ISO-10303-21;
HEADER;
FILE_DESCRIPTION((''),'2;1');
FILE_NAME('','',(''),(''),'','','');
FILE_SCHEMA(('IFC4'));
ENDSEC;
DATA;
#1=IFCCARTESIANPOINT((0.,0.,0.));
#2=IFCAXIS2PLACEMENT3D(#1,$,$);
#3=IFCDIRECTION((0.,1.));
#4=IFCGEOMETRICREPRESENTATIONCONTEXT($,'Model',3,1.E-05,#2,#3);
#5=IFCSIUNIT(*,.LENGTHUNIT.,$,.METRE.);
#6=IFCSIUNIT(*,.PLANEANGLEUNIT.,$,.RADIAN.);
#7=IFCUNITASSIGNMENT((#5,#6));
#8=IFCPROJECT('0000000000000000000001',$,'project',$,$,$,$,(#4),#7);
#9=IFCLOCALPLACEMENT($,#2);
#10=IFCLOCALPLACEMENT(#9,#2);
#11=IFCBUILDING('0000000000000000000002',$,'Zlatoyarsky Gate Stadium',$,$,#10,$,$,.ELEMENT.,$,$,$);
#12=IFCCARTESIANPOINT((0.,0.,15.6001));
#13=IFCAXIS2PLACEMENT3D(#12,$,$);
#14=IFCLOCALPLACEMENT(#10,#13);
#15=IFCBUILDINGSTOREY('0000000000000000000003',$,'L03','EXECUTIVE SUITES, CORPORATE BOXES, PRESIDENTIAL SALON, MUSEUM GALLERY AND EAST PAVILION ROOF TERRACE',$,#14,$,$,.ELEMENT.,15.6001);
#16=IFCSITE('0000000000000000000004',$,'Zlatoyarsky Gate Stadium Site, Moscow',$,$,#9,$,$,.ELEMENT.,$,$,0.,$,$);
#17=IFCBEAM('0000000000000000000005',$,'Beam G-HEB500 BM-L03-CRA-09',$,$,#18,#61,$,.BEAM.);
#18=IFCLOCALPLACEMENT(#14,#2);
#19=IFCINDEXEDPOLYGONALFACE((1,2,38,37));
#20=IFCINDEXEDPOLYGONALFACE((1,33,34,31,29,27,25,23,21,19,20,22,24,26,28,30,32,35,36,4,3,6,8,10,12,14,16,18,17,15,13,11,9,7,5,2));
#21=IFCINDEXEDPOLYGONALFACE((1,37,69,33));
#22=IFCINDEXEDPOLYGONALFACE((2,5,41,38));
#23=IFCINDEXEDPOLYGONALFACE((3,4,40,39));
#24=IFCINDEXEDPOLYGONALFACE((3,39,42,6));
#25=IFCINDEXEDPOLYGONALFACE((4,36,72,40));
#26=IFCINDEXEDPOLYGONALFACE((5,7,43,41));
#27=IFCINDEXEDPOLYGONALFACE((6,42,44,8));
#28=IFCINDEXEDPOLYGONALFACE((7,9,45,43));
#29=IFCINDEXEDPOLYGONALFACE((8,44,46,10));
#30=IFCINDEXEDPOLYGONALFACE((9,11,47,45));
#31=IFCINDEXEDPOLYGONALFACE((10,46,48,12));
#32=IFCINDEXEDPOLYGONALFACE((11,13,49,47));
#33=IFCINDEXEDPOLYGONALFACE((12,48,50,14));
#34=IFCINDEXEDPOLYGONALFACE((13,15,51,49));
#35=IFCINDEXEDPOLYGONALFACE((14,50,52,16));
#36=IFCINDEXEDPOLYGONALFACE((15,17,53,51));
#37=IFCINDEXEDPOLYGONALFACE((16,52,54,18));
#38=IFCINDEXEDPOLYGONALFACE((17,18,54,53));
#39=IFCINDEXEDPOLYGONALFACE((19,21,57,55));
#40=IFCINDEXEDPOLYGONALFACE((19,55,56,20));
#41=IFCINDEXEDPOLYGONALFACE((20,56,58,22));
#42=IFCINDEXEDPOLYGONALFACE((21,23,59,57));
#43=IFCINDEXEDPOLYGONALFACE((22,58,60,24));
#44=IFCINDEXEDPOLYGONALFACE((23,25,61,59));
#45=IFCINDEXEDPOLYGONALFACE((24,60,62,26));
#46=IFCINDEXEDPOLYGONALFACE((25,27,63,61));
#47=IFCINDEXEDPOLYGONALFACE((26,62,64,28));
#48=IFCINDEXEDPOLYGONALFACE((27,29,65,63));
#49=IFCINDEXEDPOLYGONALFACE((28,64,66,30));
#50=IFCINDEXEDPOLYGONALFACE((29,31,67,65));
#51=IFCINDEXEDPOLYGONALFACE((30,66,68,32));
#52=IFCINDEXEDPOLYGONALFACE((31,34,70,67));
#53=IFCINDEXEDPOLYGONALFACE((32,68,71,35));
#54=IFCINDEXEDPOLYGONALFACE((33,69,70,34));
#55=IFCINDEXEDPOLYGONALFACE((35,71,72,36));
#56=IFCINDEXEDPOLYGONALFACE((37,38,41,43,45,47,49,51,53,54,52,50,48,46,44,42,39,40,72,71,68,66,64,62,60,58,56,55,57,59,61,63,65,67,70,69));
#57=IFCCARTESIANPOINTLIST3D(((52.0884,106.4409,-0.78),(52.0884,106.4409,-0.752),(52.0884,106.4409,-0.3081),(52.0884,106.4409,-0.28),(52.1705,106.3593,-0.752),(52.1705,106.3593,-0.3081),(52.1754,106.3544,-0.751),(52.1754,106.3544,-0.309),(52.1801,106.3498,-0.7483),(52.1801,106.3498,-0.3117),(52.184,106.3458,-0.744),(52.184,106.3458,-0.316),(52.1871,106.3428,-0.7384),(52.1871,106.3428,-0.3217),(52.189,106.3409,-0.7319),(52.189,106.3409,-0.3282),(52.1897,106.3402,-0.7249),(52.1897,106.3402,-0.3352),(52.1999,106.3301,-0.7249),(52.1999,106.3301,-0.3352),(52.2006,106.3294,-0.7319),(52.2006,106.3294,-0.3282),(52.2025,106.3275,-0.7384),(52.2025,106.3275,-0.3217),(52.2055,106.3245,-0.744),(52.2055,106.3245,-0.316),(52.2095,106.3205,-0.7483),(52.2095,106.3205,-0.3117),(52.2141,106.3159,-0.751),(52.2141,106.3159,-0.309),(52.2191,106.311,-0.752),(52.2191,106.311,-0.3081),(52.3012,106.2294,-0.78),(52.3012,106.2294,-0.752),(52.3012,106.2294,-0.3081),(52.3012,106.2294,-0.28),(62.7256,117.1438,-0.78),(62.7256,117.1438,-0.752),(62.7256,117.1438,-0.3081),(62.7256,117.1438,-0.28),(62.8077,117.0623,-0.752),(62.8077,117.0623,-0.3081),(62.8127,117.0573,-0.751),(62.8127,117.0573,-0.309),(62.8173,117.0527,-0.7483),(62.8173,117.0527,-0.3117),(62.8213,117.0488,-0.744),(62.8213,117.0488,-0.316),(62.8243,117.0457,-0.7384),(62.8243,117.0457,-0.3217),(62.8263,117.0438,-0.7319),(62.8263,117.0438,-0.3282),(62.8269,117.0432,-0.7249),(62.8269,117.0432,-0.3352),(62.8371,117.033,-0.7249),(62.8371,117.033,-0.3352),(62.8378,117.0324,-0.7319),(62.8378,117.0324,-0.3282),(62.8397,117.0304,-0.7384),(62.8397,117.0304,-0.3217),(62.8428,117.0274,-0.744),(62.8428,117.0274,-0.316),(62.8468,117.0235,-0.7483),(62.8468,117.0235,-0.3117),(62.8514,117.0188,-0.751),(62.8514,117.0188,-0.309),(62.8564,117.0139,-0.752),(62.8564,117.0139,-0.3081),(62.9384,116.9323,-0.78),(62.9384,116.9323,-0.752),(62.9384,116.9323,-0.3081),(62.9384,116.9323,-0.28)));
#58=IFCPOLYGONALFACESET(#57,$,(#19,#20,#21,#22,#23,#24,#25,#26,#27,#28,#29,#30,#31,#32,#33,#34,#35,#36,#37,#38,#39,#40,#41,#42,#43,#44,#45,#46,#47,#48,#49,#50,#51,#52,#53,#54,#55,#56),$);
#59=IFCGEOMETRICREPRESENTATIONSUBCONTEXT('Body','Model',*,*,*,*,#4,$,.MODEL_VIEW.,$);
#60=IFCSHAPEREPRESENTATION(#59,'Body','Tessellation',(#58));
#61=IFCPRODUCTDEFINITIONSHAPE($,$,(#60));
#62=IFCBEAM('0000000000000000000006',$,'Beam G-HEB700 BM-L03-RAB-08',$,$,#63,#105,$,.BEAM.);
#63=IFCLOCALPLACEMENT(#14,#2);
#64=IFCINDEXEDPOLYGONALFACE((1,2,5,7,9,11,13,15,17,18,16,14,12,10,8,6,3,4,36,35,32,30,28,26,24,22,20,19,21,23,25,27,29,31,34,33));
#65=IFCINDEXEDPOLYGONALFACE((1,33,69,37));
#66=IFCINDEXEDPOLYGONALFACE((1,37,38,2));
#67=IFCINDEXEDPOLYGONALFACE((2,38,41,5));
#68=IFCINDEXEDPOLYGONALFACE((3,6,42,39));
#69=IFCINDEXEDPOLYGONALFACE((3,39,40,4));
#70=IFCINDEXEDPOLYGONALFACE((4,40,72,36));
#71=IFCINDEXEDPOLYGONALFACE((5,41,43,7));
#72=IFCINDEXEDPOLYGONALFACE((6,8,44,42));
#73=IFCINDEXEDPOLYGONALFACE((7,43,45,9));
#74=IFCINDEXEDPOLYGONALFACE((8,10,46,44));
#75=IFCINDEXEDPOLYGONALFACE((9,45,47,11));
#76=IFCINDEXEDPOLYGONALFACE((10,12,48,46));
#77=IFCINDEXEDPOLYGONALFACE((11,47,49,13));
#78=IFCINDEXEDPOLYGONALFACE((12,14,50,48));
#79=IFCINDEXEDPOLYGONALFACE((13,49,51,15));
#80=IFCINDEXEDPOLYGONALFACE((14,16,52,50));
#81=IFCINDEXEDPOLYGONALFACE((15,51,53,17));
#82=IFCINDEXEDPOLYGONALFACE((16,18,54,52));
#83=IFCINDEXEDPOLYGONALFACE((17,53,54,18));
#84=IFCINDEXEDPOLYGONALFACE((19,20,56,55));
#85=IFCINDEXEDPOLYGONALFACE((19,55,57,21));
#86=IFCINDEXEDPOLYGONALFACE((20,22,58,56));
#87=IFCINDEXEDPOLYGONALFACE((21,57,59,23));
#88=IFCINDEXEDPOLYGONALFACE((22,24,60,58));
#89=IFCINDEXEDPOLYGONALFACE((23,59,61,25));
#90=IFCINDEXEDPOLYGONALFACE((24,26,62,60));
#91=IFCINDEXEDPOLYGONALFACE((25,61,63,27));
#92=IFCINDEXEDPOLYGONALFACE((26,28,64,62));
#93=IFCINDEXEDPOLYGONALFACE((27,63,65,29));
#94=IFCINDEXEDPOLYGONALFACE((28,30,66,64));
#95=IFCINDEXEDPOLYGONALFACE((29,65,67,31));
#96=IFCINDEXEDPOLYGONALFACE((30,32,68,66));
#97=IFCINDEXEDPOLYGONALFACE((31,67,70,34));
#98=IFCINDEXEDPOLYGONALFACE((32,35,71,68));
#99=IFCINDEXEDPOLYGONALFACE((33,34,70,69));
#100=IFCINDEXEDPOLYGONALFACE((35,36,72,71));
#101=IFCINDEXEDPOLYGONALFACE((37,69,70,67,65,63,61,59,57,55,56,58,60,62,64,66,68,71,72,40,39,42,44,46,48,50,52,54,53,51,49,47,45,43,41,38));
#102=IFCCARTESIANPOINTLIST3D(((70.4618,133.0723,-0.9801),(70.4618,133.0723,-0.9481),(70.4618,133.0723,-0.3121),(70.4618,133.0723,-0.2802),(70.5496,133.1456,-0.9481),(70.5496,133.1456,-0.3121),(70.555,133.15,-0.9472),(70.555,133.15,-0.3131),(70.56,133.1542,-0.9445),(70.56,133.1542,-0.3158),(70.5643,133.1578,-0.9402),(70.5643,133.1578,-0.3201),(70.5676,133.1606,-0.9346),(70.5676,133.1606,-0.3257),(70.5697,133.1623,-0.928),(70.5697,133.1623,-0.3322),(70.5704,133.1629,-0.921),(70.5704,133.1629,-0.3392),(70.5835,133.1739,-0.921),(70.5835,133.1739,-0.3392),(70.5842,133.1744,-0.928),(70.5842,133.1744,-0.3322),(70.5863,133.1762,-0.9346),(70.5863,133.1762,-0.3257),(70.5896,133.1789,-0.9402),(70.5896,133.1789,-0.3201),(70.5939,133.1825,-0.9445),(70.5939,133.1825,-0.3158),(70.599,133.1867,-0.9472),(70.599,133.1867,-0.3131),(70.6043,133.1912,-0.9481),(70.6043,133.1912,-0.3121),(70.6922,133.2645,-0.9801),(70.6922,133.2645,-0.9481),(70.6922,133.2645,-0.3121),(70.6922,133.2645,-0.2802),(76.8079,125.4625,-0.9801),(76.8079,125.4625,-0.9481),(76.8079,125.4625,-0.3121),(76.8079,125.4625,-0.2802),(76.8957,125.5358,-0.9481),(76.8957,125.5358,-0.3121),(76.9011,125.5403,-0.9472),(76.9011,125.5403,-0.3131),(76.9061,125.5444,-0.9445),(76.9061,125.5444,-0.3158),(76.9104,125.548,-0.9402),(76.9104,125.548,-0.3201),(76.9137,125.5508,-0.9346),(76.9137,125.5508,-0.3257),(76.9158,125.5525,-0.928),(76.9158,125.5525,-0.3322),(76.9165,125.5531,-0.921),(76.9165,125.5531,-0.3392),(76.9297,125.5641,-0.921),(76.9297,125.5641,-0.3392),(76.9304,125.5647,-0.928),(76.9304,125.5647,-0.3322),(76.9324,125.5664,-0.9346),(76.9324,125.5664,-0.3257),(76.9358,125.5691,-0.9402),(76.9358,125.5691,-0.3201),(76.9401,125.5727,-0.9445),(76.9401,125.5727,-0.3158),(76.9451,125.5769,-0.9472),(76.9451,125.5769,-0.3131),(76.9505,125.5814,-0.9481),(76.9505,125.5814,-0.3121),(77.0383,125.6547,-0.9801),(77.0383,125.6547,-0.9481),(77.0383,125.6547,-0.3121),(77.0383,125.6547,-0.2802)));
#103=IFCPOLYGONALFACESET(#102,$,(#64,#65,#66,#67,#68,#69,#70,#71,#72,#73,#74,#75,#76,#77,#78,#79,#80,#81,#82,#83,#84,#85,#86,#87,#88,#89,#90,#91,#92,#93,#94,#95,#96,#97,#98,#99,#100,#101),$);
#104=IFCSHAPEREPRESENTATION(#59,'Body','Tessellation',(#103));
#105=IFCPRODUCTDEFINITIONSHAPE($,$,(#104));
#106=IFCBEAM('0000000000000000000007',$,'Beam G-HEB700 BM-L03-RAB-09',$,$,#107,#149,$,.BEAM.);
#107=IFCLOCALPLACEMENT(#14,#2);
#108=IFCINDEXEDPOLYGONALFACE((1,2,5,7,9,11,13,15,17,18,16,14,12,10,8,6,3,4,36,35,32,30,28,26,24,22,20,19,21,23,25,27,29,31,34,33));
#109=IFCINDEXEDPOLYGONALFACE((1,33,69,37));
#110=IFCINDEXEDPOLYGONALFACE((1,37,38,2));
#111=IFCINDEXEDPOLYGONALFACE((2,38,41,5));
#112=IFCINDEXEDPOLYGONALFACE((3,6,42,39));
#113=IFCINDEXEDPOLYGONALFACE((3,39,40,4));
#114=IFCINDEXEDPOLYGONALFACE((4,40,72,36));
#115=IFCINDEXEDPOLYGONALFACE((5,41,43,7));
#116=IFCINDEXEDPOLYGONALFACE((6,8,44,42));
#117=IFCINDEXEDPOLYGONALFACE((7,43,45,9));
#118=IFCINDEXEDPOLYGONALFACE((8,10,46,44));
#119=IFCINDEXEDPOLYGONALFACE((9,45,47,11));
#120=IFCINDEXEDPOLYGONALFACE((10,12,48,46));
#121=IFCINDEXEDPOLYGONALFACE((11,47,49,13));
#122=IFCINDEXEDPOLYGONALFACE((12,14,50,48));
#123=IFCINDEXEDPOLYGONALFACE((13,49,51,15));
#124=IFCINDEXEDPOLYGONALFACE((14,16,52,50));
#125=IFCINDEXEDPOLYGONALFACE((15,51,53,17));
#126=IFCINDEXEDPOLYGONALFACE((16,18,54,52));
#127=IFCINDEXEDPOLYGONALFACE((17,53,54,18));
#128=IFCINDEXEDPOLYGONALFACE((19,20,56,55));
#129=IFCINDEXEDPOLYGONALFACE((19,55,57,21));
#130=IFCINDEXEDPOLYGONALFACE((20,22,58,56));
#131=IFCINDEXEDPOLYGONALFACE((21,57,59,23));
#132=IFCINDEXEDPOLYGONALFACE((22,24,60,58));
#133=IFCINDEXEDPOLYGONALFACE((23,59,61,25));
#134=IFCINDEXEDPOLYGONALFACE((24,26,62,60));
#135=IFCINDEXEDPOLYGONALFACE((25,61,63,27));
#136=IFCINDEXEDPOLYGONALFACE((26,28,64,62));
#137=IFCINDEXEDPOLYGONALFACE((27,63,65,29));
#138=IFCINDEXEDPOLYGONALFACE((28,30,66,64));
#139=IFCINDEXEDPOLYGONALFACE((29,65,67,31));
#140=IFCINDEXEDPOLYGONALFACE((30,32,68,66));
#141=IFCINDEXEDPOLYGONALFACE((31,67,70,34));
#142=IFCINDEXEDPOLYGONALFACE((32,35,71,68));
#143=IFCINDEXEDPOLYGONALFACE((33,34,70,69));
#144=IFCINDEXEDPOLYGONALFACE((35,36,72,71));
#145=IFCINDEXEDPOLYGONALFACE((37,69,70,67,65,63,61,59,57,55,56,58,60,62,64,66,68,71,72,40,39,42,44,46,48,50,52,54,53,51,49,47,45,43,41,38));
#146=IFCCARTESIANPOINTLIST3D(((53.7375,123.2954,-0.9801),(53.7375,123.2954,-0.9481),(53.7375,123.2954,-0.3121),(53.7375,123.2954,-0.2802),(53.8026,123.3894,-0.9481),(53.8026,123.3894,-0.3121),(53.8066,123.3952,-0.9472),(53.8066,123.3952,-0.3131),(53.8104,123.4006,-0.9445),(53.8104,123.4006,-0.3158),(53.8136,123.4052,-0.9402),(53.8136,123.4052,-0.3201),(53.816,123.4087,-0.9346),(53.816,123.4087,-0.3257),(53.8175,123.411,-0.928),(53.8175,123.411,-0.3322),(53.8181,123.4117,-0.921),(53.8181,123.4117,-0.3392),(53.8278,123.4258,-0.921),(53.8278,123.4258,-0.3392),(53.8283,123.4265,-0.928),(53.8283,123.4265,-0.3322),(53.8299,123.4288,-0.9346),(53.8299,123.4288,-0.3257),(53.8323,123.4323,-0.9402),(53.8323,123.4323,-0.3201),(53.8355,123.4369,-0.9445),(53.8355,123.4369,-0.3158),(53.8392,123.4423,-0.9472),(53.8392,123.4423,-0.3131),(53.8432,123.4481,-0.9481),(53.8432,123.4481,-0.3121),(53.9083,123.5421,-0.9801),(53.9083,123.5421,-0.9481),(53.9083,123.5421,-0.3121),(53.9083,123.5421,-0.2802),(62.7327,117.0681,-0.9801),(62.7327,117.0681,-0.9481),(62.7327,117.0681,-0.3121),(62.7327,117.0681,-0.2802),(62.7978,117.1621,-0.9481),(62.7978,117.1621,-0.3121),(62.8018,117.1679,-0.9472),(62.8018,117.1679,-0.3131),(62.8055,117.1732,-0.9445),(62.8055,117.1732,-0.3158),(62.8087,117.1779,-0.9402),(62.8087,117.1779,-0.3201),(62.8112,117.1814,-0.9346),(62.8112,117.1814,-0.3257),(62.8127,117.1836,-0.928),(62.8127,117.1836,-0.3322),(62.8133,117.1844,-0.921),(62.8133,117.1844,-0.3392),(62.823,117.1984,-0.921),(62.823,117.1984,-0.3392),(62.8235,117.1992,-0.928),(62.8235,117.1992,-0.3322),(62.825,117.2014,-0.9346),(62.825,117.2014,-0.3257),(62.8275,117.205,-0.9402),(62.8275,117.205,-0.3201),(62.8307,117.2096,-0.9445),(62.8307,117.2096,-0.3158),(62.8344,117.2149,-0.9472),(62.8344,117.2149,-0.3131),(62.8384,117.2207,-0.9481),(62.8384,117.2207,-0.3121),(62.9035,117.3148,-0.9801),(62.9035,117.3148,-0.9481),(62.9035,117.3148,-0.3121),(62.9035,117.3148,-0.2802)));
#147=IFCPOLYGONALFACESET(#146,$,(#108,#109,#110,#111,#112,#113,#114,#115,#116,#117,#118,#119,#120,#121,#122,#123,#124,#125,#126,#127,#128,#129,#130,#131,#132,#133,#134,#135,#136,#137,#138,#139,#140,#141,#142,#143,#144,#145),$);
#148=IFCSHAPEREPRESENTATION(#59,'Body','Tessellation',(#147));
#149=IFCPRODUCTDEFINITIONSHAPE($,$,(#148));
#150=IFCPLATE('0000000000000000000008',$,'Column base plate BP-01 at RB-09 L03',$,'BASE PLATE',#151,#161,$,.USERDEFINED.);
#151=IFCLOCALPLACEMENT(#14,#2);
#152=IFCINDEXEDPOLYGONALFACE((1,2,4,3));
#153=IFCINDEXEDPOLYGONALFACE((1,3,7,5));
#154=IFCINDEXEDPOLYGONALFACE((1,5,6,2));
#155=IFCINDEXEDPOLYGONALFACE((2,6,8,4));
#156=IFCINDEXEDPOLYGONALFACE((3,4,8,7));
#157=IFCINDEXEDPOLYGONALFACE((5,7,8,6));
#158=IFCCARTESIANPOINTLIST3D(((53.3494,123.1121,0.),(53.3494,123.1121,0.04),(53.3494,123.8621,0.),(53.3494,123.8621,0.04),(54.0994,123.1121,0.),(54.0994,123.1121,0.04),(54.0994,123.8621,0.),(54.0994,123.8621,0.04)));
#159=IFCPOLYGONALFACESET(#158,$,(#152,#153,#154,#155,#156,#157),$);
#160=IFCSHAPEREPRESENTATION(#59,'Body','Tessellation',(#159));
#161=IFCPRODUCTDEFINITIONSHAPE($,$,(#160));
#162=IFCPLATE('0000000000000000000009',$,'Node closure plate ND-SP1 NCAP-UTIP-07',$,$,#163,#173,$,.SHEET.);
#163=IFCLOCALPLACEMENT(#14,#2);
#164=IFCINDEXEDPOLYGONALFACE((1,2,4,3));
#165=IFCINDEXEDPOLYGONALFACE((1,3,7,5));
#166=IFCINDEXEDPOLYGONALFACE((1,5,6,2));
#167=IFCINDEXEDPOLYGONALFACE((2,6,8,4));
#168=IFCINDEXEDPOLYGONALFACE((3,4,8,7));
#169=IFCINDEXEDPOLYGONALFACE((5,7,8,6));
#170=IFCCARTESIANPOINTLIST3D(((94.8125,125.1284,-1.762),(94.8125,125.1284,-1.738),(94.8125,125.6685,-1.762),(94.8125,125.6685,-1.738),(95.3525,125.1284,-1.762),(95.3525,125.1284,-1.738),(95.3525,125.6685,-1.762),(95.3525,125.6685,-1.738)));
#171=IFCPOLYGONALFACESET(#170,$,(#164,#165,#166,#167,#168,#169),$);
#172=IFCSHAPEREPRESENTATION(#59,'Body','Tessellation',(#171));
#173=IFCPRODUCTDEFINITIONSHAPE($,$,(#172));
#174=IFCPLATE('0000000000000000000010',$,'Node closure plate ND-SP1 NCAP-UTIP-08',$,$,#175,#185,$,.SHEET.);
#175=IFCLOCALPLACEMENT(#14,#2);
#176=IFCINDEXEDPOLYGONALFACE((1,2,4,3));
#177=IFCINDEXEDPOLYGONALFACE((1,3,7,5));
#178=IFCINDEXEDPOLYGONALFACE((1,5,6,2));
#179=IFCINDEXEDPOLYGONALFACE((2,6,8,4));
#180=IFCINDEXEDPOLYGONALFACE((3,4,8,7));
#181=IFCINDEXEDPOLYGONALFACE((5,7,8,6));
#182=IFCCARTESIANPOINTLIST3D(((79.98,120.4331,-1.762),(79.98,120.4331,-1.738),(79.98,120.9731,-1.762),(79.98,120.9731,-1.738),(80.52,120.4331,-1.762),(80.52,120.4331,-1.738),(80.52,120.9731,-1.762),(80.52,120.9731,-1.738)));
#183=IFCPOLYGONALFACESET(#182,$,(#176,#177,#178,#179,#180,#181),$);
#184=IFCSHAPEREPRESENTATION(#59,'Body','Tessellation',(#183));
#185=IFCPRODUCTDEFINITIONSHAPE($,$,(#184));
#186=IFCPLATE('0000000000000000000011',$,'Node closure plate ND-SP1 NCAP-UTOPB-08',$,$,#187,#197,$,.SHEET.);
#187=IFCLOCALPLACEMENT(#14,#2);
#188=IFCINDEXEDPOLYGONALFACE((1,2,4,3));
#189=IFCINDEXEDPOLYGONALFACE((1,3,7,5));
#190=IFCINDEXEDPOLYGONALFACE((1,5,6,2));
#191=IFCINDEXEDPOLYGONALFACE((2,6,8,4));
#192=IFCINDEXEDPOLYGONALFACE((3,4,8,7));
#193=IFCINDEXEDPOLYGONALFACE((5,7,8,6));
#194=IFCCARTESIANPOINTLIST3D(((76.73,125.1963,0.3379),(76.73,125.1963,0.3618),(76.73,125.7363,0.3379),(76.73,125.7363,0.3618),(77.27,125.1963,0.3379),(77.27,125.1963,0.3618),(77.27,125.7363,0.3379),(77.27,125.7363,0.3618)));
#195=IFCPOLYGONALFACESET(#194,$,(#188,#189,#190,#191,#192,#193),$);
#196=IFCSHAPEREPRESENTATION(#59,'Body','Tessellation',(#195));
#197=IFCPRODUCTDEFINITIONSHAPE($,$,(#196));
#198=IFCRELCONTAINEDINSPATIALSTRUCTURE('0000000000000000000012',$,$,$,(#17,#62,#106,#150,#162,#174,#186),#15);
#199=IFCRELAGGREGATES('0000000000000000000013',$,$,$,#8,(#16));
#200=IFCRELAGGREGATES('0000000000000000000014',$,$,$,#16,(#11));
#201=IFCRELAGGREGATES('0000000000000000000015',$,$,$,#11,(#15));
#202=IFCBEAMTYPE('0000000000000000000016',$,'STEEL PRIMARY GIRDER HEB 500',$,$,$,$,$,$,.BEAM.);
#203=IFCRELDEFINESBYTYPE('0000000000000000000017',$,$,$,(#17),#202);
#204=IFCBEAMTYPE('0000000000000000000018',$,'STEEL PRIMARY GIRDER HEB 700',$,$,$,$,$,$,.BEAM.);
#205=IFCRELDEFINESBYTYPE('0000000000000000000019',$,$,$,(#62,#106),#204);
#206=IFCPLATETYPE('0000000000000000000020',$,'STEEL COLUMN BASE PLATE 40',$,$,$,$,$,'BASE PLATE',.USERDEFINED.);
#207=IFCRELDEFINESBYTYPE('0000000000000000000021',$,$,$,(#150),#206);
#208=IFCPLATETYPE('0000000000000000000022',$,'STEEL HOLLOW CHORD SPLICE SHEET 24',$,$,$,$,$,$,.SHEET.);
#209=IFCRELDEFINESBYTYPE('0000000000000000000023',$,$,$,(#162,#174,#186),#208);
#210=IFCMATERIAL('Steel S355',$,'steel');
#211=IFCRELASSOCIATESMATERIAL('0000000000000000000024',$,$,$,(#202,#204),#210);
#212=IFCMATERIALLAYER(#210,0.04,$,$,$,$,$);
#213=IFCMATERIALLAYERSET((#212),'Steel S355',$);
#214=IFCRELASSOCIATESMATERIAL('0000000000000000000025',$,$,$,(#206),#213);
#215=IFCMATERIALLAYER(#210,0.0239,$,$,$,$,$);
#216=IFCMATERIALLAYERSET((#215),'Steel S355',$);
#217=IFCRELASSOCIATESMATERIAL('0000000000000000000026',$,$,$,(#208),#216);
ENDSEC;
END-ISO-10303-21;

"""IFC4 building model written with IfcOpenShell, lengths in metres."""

from ifc_helpers import new_model, si_unit, direction, frame, origin, origin_2d, place, context, subcontext, project, spatial, rectangle, i_section, extrude, material, layer, layer_set, material_profile, profile_set, type_object, element, save


model = new_model("IFC4")

# Units and contexts
model_context = context("Model", 3, precision=1e-05, world=origin(), true_north=direction((0.0, 1.0)))
body_context = subcontext(model_context, "Body", "Model", "MODEL_VIEW")
ifc_project = project(units=[si_unit("LENGTHUNIT", "METRE"), si_unit("PLANEANGLEUNIT", "RADIAN")], contexts=[model_context])

# Site, building, storey
site_placement = place(None, origin())
site = spatial("IfcSite", under=ifc_project, at=site_placement, Name="Zlatoyarsky Gate Stadium Site, Moscow", CompositionType="ELEMENT", RefElevation=0.0)
building_placement = place(site_placement, origin())
building = spatial("IfcBuilding", under=site, at=building_placement, Name="Zlatoyarsky Gate Stadium", CompositionType="ELEMENT")
storey_placement = place(building_placement, frame((0.0, 0.0, 15.6001)))
storey = spatial("IfcBuildingStorey", under=building, at=storey_placement, Name="L03", Description="EXECUTIVE SUITES, CORPORATE BOXES, PRESIDENTIAL SALON, MUSEUM GALLERY AND EAST PAVILION ROOF TERRACE", CompositionType="ELEMENT", Elevation=15.6001)

# Shared definitions
ifc_material_1 = material(Name="Steel S355", Category="steel")

# Beams
ifc_material_profile_1 = material_profile(ifc_material_1, i_section(OverallWidth=0.3, OverallDepth=0.5, WebThickness=0.0144, FlangeThickness=0.0281, FilletRadius=0.0271, at=origin_2d()), Name="HEB 500")
ifc_profile_set_1 = profile_set([ifc_material_profile_1], Name="Steel S355")
beam_type_1 = type_object("IfcBeamType", Name="STEEL PRIMARY GIRDER HEB 500", PredefinedType="BEAM", material=ifc_profile_set_1)
beam_1_placement = place(storey_placement, frame((62.832, 117.0381, -0.53), z_axis=(-0.704927, -0.70928, 0.0), x_axis=(0.70928, -0.704927, 0.0)))
element("IfcBeam", 1, at=beam_1_placement, inside=storey, type_object=beam_type_1, Name="Beam G-HEB500 BM-L03-CRA-09", PredefinedType="BEAM", context=body_context, shape_type="SweptSolid", body=[
    extrude(i_section(OverallWidth=0.3, OverallDepth=0.5, WebThickness=0.0144, FlangeThickness=0.0281, FilletRadius=0.0271, at=origin_2d()), origin(), (0.0, 0.0, 1.0), 15.0898),
])
ifc_material_profile_2 = material_profile(ifc_material_1, i_section(OverallWidth=0.3, OverallDepth=0.7, WebThickness=0.0171, FlangeThickness=0.032, FilletRadius=0.0271, at=origin_2d()), Name="HEB 700")
ifc_profile_set_2 = profile_set([ifc_material_profile_2], Name="Steel S355")
beam_type_2 = type_object("IfcBeamType", Name="STEEL PRIMARY GIRDER HEB 700", PredefinedType="BEAM", material=ifc_profile_set_2)
beam_2_placement = place(storey_placement, frame((76.9231, 125.5586, -0.6301), z_axis=(-0.640461, 0.767991, 0.0), x_axis=(-0.767991, -0.640461, 0.0)))
element("IfcBeam", 2, at=beam_2_placement, inside=storey, type_object=beam_type_2, Name="Beam G-HEB700 BM-L03-RAB-08", PredefinedType="BEAM", context=body_context, shape_type="SweptSolid", body=[
    extrude(i_section(OverallWidth=0.3, OverallDepth=0.7, WebThickness=0.0171, FlangeThickness=0.032, FilletRadius=0.0271, at=origin_2d()), origin(), (0.0, 0.0, 1.0), 9.9087),
])
beam_3_placement = place(storey_placement, frame((62.8181, 117.1914, -0.6301), z_axis=(-0.822196, 0.569204, 0.0), x_axis=(-0.569204, -0.822196, 0.0)))
element("IfcBeam", 3, at=beam_3_placement, inside=storey, type_object=beam_type_2, Name="Beam G-HEB700 BM-L03-RAB-09", PredefinedType="BEAM", context=body_context, shape_type="SweptSolid", body=[
    extrude(i_section(OverallWidth=0.3, OverallDepth=0.7, WebThickness=0.0171, FlangeThickness=0.032, FilletRadius=0.0271, at=origin_2d()), origin(), (0.0, 0.0, 1.0), 10.9404),
])

# Plates
ifc_layer_1 = layer(ifc_material_1, 0.04)
ifc_layer_set_1 = layer_set([ifc_layer_1], Name="Steel S355")
plate_type_1 = type_object("IfcPlateType", Name="STEEL COLUMN BASE PLATE 40", ElementType="BASE PLATE", PredefinedType="USERDEFINED", material=ifc_layer_set_1)
plate_placement = place(storey_placement, frame((53.7244, 123.4871, 0.0), z_axis=(0.0, 0.0, 1.0), x_axis=(1.0, 0.0, 0.0)))
element("IfcPlate", 4, at=plate_placement, inside=storey, type_object=plate_type_1, Name="Column base plate BP-01 at RB-09 L03", ObjectType="BASE PLATE", PredefinedType="USERDEFINED", context=body_context, shape_type="SweptSolid", body=[
    extrude(rectangle(XDim=0.75, YDim=0.75, at=origin_2d()), origin(), (0.0, 0.0, 1.0), 0.04),
])
ifc_layer_2 = layer(ifc_material_1, 0.0239)
ifc_layer_set_2 = layer_set([ifc_layer_2], Name="Steel S355")
plate_type_2 = type_object("IfcPlateType", Name="STEEL HOLLOW CHORD SPLICE SHEET 24", PredefinedType="SHEET", material=ifc_layer_set_2)
for number, where, z_axis, x_axis, name in (
    (5, (95.0825, 125.3984, -1.762), (0.0, 0.0, 1.0), (1.0, 0.0, 0.0), "Node closure plate ND-SP1 NCAP-UTIP-07"),
    (6, (80.25, 120.7031, -1.762), (0.0, 0.0, 1.0), (1.0, 0.0, 0.0), "Node closure plate ND-SP1 NCAP-UTIP-08"),
    (7, (77.0, 125.4663, 0.3379), (0.0, 0.0, 1.0), (1.0, 0.0, 0.0), "Node closure plate ND-SP1 NCAP-UTOPB-08"),
):
    element("IfcPlate", number, at=place(storey_placement, frame(where, z_axis=z_axis, x_axis=x_axis)), inside=storey, type_object=plate_type_2, Name=name, PredefinedType="SHEET", context=body_context, shape_type="SweptSolid", body=[
        extrude(rectangle(XDim=0.54, YDim=0.54, at=origin_2d()), origin(), (0.0, 0.0, 1.0), 0.0239),
    ])

save(model, "model.ifc")
